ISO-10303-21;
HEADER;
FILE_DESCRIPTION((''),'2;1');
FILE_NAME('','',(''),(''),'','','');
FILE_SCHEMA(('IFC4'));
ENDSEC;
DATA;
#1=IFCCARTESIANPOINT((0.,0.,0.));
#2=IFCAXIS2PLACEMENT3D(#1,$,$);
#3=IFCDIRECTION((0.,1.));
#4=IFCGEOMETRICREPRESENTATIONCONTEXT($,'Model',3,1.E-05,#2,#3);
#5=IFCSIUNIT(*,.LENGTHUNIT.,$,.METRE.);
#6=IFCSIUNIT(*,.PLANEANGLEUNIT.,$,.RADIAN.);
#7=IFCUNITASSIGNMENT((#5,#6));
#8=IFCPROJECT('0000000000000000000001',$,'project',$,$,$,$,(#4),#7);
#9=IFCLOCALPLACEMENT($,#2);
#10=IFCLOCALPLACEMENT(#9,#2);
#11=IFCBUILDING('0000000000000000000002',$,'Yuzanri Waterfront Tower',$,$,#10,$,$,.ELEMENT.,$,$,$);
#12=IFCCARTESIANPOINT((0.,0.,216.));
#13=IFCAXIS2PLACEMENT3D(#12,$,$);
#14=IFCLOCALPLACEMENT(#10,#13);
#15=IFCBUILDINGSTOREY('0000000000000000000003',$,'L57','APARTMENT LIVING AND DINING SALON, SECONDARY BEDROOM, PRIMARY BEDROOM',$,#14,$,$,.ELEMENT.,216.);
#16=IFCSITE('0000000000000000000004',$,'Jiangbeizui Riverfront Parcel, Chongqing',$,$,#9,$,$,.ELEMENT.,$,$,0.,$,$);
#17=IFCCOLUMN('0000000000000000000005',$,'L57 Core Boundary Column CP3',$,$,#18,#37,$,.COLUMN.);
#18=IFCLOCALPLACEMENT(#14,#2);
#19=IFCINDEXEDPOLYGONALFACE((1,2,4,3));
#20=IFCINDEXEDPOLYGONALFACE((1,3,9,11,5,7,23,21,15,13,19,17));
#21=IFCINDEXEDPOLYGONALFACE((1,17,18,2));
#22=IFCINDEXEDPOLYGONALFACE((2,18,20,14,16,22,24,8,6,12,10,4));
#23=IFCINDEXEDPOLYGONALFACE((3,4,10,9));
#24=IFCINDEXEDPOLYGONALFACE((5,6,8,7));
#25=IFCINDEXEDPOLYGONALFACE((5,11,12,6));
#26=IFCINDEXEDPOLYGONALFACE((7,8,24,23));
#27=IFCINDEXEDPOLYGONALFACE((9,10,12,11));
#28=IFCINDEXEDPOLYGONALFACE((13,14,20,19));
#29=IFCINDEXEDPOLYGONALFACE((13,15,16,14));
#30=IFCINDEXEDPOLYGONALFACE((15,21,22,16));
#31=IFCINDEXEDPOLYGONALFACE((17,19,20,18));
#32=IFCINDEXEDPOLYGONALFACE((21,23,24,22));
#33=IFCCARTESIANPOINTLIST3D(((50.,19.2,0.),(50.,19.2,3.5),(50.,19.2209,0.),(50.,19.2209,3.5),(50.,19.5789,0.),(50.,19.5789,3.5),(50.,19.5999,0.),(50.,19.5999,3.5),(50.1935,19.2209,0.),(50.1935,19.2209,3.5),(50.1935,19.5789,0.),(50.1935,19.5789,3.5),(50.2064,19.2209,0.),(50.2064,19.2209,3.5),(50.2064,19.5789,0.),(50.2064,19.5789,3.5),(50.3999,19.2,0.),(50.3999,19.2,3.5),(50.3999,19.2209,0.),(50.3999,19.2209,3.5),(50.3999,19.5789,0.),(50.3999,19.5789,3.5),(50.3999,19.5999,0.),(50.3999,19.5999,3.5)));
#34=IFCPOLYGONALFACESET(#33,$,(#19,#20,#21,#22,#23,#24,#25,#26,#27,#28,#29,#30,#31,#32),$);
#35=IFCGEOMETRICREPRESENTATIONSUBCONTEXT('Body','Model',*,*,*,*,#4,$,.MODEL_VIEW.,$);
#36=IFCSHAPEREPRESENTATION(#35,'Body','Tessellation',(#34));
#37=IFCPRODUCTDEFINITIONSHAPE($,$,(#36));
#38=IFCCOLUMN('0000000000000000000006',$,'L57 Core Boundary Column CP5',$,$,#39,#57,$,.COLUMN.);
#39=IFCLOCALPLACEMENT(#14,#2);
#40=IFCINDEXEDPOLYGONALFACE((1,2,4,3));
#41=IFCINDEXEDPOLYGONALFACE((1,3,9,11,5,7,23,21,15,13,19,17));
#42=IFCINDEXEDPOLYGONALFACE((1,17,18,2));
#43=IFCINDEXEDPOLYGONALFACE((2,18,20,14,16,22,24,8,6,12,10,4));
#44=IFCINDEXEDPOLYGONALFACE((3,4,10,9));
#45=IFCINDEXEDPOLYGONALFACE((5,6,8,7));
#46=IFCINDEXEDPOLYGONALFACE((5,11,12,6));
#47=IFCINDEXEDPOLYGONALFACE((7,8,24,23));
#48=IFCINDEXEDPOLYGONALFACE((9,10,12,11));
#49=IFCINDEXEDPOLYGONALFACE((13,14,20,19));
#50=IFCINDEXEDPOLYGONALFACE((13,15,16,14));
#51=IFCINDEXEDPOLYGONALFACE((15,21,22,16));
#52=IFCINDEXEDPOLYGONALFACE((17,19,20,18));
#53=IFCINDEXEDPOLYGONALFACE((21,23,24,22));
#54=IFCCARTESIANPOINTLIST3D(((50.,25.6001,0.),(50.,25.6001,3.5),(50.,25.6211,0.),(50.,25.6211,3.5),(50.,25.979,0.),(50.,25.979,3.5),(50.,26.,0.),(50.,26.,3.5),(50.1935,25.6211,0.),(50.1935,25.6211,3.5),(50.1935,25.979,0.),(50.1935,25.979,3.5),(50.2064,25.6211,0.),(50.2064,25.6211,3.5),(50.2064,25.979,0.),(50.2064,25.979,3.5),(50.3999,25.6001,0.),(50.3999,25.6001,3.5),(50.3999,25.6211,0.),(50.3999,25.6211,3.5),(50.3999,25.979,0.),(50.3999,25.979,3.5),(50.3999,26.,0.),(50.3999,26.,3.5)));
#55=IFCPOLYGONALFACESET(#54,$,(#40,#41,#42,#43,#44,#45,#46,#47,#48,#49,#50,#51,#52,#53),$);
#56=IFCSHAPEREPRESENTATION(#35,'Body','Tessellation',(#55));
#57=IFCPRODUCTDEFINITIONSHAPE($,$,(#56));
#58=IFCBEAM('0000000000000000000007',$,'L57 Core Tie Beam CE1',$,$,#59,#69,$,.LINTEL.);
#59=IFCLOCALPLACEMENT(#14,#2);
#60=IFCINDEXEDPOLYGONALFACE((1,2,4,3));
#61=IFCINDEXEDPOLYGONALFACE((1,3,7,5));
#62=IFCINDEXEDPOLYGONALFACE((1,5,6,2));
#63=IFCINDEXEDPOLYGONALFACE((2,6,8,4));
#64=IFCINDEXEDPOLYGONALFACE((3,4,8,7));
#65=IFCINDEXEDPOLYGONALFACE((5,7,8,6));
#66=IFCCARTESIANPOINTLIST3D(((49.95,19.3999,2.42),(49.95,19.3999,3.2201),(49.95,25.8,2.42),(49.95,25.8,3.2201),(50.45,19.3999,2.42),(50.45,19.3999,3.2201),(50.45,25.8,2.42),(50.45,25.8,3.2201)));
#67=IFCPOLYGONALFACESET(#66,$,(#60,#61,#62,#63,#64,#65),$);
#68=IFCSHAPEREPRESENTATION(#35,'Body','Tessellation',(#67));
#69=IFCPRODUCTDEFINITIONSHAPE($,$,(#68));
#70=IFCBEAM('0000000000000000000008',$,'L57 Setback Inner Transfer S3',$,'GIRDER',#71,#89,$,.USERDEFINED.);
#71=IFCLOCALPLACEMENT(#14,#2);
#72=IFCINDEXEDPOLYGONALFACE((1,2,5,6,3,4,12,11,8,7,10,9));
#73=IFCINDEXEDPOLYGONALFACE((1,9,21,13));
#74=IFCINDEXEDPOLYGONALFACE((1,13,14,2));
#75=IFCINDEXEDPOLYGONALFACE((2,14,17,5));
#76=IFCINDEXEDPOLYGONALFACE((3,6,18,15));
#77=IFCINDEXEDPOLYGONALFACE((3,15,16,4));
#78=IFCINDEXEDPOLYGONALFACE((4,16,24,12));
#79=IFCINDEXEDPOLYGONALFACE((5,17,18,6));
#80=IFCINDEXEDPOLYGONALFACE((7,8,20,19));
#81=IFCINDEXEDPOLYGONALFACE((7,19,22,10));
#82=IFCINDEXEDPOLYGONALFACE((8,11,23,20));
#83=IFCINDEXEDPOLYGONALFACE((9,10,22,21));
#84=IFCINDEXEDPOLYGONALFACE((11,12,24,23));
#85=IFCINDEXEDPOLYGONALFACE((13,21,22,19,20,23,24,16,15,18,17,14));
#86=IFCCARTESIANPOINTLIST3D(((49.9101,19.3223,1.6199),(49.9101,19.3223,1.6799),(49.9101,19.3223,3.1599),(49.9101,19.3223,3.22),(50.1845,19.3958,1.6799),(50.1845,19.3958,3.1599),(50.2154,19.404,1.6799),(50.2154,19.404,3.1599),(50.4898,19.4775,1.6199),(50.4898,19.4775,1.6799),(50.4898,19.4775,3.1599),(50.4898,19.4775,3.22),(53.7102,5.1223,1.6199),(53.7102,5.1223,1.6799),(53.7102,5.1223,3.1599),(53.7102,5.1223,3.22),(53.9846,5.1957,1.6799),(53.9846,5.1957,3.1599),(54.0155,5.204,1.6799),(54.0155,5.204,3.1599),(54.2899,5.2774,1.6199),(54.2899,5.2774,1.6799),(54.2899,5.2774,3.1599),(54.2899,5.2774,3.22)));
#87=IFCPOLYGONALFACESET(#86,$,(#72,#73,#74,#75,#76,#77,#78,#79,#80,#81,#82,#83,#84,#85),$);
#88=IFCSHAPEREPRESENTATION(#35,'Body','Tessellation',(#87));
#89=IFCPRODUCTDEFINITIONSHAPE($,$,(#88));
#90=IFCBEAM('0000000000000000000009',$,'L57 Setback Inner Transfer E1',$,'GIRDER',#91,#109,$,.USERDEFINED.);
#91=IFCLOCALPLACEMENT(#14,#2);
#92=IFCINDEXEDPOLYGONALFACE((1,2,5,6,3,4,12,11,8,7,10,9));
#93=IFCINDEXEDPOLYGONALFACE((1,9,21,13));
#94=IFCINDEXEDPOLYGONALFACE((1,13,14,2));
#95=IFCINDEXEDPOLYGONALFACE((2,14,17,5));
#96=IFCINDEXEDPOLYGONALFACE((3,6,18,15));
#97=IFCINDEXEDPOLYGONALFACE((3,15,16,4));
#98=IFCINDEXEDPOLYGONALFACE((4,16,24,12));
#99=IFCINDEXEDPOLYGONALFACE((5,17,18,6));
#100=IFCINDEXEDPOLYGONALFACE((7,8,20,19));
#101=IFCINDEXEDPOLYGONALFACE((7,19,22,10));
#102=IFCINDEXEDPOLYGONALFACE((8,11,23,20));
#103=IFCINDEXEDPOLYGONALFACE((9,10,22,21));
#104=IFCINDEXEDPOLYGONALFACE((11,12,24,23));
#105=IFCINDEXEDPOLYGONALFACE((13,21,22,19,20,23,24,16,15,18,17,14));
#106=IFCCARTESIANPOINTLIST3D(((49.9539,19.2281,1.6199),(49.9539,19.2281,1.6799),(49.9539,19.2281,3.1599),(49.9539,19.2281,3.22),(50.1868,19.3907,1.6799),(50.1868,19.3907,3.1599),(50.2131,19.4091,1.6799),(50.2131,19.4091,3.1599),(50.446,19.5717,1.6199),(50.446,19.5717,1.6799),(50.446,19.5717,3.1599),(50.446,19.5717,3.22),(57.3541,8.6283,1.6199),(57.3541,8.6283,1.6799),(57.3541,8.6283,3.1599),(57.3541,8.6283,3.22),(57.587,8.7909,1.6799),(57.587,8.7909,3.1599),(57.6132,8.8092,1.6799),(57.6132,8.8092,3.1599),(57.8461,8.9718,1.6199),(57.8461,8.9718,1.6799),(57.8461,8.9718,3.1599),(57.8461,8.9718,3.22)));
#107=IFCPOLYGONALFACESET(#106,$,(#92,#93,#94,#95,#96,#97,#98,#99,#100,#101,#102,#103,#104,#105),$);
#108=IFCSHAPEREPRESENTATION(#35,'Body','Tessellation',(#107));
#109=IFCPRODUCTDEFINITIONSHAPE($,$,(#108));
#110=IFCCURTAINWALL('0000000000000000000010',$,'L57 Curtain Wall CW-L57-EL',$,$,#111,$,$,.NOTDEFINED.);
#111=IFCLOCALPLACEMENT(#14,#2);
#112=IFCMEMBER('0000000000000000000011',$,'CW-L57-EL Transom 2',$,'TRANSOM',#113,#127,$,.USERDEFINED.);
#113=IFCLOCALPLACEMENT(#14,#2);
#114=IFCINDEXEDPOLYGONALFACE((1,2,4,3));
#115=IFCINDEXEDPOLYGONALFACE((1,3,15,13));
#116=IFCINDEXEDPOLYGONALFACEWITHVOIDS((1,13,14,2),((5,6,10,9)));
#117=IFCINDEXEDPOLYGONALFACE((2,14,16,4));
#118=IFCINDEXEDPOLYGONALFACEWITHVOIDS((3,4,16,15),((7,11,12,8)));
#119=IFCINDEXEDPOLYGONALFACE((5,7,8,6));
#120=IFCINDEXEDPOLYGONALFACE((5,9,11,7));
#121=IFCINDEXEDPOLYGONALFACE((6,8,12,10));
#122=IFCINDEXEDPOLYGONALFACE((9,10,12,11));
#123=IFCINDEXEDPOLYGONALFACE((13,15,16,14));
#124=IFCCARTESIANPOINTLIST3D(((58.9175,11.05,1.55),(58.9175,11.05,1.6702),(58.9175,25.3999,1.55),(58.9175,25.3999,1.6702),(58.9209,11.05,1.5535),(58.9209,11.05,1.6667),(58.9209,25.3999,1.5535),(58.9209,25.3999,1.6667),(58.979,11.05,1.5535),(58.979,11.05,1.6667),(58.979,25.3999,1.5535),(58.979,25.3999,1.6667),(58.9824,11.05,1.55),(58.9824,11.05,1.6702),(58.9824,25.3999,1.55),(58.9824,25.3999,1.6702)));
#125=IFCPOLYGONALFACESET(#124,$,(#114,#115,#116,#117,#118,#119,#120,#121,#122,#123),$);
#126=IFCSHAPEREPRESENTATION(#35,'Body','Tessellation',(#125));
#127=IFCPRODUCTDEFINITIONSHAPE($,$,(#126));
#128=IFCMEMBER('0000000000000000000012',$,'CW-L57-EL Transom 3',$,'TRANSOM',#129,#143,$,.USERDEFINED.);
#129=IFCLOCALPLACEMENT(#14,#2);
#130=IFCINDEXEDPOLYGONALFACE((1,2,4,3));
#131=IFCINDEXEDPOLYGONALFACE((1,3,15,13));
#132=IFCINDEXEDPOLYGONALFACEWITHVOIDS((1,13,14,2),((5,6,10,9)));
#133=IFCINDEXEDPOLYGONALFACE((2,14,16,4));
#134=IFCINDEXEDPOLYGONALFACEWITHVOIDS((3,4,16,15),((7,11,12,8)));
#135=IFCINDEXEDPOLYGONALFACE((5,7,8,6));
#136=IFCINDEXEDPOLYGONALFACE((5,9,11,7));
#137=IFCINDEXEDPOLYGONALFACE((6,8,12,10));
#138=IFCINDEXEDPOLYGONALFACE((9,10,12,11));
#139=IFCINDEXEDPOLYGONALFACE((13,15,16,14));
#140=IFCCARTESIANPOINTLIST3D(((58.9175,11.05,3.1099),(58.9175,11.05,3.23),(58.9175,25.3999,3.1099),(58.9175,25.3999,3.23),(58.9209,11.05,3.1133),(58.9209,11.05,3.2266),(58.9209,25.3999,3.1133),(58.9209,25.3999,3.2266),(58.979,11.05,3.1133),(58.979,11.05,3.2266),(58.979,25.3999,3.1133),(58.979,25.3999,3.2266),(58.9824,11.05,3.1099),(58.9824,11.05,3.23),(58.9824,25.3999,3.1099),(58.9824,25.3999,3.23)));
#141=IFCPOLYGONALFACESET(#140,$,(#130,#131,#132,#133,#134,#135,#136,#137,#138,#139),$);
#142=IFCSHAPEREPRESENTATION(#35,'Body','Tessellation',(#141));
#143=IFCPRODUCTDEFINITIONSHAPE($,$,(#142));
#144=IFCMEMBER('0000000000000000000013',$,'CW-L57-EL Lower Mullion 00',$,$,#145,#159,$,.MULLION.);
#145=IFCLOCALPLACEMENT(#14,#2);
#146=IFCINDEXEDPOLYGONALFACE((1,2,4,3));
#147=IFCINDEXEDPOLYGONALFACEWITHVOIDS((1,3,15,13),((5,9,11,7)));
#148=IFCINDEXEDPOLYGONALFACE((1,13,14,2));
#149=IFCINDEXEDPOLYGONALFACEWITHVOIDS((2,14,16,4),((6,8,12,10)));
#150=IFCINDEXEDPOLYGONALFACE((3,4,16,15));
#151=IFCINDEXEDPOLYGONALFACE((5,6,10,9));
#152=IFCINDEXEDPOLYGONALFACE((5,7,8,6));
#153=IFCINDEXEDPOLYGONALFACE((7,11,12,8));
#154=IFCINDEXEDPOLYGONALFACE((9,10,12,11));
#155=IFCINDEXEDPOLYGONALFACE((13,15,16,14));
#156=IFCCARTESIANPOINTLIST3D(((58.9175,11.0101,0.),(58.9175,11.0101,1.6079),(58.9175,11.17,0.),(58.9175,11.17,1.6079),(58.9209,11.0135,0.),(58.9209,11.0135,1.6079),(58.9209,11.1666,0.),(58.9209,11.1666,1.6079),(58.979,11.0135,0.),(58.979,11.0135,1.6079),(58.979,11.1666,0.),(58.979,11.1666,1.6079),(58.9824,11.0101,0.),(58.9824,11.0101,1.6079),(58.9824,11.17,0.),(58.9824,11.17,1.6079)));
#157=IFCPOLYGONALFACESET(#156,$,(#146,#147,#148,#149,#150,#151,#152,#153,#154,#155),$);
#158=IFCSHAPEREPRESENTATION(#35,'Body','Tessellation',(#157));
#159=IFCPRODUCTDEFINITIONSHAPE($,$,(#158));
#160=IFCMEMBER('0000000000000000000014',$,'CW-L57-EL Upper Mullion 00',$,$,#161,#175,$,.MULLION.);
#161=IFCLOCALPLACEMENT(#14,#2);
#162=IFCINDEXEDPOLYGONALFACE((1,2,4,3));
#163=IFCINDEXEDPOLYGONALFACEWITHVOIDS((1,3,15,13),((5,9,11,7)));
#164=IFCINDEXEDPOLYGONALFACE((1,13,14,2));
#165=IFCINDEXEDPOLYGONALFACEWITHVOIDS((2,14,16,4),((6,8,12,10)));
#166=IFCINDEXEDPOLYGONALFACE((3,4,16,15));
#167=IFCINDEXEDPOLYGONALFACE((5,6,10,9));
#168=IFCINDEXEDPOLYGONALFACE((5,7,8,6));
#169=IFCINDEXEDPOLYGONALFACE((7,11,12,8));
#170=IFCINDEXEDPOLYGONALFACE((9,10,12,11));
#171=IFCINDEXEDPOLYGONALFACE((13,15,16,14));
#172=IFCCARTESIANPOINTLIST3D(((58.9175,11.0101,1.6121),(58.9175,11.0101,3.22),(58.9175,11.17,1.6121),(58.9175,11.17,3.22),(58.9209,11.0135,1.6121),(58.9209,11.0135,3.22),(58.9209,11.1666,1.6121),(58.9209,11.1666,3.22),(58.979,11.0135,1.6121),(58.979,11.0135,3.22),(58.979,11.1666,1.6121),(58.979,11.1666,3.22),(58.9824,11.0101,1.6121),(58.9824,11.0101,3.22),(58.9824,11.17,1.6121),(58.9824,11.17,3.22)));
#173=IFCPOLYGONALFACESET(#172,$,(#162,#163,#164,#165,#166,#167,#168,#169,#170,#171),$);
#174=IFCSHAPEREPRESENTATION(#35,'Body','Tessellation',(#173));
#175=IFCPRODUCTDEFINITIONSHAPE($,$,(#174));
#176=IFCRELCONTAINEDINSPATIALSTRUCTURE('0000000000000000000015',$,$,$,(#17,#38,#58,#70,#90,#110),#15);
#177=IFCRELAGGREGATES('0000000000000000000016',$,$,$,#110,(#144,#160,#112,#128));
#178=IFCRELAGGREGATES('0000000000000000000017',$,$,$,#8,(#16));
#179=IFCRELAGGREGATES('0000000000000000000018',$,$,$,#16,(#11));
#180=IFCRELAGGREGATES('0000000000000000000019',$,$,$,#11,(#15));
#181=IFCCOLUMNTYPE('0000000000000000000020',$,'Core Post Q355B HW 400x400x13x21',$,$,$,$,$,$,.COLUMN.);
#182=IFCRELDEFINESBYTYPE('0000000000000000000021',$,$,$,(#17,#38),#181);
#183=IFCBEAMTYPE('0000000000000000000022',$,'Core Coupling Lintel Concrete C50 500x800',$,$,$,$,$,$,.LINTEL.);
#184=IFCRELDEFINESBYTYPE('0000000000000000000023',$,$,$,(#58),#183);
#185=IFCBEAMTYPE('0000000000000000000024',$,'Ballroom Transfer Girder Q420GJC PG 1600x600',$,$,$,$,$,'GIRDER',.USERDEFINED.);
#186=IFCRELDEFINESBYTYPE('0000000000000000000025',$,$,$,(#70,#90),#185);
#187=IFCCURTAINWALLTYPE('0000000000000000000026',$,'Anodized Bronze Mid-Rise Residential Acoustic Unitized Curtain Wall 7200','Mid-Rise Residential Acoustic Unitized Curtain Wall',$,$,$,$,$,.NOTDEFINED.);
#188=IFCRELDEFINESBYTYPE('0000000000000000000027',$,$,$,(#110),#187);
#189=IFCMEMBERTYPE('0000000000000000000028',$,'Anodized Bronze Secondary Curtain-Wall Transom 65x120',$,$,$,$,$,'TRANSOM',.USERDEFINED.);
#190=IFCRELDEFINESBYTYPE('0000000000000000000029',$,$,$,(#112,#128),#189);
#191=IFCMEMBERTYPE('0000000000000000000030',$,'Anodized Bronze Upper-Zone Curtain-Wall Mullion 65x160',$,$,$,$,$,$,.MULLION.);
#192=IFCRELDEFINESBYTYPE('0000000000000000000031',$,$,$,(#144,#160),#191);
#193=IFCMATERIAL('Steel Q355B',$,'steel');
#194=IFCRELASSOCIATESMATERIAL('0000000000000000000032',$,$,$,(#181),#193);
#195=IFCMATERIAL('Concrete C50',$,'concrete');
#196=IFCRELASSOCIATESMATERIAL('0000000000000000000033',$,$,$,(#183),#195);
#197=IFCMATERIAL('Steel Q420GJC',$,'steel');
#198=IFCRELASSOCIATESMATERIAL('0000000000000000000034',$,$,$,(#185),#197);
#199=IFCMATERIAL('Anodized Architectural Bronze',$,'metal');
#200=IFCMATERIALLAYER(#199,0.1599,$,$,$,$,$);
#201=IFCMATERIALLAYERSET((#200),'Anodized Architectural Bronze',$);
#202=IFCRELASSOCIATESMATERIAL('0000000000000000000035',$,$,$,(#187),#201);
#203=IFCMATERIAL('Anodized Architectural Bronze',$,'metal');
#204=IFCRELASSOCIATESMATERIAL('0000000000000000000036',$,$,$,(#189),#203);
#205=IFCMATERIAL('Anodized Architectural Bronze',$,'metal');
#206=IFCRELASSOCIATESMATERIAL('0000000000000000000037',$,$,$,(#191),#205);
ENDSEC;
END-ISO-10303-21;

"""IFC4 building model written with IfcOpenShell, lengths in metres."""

from ifc_helpers import new_model, si_unit, direction, frame, origin, origin_2d, place, context, subcontext, project, spatial, rectangle, hollow_rectangle, i_section, extrude, source, transform, mapped, material, layer, layer_set, material_profile, profile_set, type_object, element, aggregate, save


model = new_model("IFC4")

# Units and contexts
model_context = context("Model", 3, precision=1e-05, world=origin(), true_north=direction((0.0, 1.0)))
body_context = subcontext(model_context, "Body", "Model", "MODEL_VIEW")
ifc_project = project(units=[si_unit("LENGTHUNIT", "METRE"), si_unit("PLANEANGLEUNIT", "RADIAN")], contexts=[model_context])

# Site, building, storey
site_placement = place(None, origin())
site = spatial("IfcSite", under=ifc_project, at=site_placement, Name="Jiangbeizui Riverfront Parcel, Chongqing", CompositionType="ELEMENT", RefElevation=0.0)
building_placement = place(site_placement, origin())
building = spatial("IfcBuilding", under=site, at=building_placement, Name="Yuzanri Waterfront Tower", CompositionType="ELEMENT")
storey_placement = place(building_placement, frame((0.0, 0.0, 216.0)))
storey = spatial("IfcBuildingStorey", under=building, at=storey_placement, Name="L57", Description="APARTMENT LIVING AND DINING SALON, SECONDARY BEDROOM, PRIMARY BEDROOM", CompositionType="ELEMENT", Elevation=216.0)

# Columns
ifc_material_1 = material(Name="Steel Q355B", Category="steel")
ifc_material_profile_1 = material_profile(ifc_material_1, i_section(OverallWidth=0.3999, OverallDepth=0.3999, WebThickness=0.0129, FlangeThickness=0.021, at=origin_2d()), Name="HW 400x400x13x21")
ifc_profile_set_1 = profile_set([ifc_material_profile_1], Name="Steel Q355B")
column_type = type_object("IfcColumnType", Name="Core Post Q355B HW 400x400x13x21", PredefinedType="COLUMN", material=ifc_profile_set_1)
shared_shape_1 = source(origin(), body_context, "Body", "SweptSolid", [
    extrude(i_section(OverallWidth=0.3999, OverallDepth=0.3999, WebThickness=0.0129, FlangeThickness=0.021, at=origin_2d()), origin(), (0.0, 0.0, 1.0), 3.5),
])
for number, where, z_axis, x_axis, name in (
    (1, (50.2, 19.3999, 0.0), (0.0, 0.0, 1.0), (1.0, 0.0, 0.0), "L57 Core Boundary Column CP3"),
    (2, (50.2, 25.8, 0.0), (0.0, 0.0, 1.0), (1.0, 0.0, 0.0), "L57 Core Boundary Column CP5"),
):
    element("IfcColumn", number, at=place(storey_placement, frame(where, z_axis=z_axis, x_axis=x_axis)), inside=storey, type_object=column_type, Name=name, PredefinedType="COLUMN", context=body_context, shape_type="MappedRepresentation", body=[
        mapped(shared_shape_1, transform((0.0, 0.0, 0.0), scale=1.0)),
    ])

# Beams
ifc_material_2 = material(Name="Concrete C50", Category="concrete")
ifc_material_profile_2 = material_profile(ifc_material_2, rectangle(XDim=0.5, YDim=0.8, at=origin_2d()), Name="RC 500x800")
ifc_profile_set_2 = profile_set([ifc_material_profile_2], Name="Concrete C50")
beam_type_1 = type_object("IfcBeamType", Name="Core Coupling Lintel Concrete C50 500x800", PredefinedType="LINTEL", material=ifc_profile_set_2)
shared_shape_2 = source(origin(), body_context, "Body", "SweptSolid", [
    extrude(rectangle(XDim=0.5, YDim=0.8, at=origin_2d()), origin(), (0.0, 0.0, 1.0), 6.4001),
])
beam_1_placement = place(storey_placement, frame((50.2, 19.3999, 2.8201), z_axis=(0.0, 1.0, 0.0), x_axis=(-1.0, 0.0, 0.0)))
element("IfcBeam", 3, at=beam_1_placement, inside=storey, type_object=beam_type_1, Name="L57 Core Tie Beam CE1", PredefinedType="LINTEL", context=body_context, shape_type="MappedRepresentation", body=[
    mapped(shared_shape_2, transform((0.0, 0.0, 0.0), scale=1.0)),
])
ifc_material_3 = material(Name="Steel Q420GJC", Category="steel")
ifc_material_profile_3 = material_profile(ifc_material_3, i_section(OverallWidth=0.6001, OverallDepth=1.6001, WebThickness=0.032, FlangeThickness=0.0601, at=origin_2d()), Name="PG 1600x600x32x60")
ifc_profile_set_3 = profile_set([ifc_material_profile_3], Name="Steel Q420GJC")
beam_type_2 = type_object("IfcBeamType", Name="Ballroom Transfer Girder Q420GJC PG 1600x600", ElementType="GIRDER", PredefinedType="USERDEFINED", material=ifc_profile_set_3)
shared_shape_3 = source(origin(), body_context, "Body", "SweptSolid", [
    extrude(i_section(OverallWidth=0.6001, OverallDepth=1.6001, WebThickness=0.032, FlangeThickness=0.0601, at=origin_2d()), origin(), (0.0, 0.0, 1.0), 14.6997),
])
beam_2_placement = place(storey_placement, frame((50.2, 19.3999, 2.4199), z_axis=(0.258513, -0.966008, 0.0), x_axis=(0.966008, 0.258513, 0.0)))
element("IfcBeam", 4, at=beam_2_placement, inside=storey, type_object=beam_type_2, Name="L57 Setback Inner Transfer S3", ObjectType="GIRDER", PredefinedType="USERDEFINED", context=body_context, shape_type="MappedRepresentation", body=[
    mapped(shared_shape_3, transform((0.0, 0.0, 0.0), scale=1.0)),
])
shared_shape_4 = source(origin(), body_context, "Body", "SweptSolid", [
    extrude(i_section(OverallWidth=0.6001, OverallDepth=1.6001, WebThickness=0.032, FlangeThickness=0.0601, at=origin_2d()), origin(), (0.0, 0.0, 1.0), 12.9275),
])
beam_3_placement = place(storey_placement, frame((50.2, 19.3999, 2.4199), z_axis=(0.572437, -0.819949, 0.0), x_axis=(0.819949, 0.572437, 0.0)))
element("IfcBeam", 5, at=beam_3_placement, inside=storey, type_object=beam_type_2, Name="L57 Setback Inner Transfer E1", ObjectType="GIRDER", PredefinedType="USERDEFINED", context=body_context, shape_type="MappedRepresentation", body=[
    mapped(shared_shape_4, transform((0.0, 0.0, 0.0), scale=1.0)),
])

# Curtain wall, members
ifc_material_4 = material(Name="Anodized Architectural Bronze", Category="metal")
ifc_layer_1 = layer(ifc_material_4, 0.1599)
ifc_layer_set_1 = layer_set([ifc_layer_1], Name="Anodized Architectural Bronze")
curtain_wall_type = type_object("IfcCurtainWallType", Name="Anodized Bronze Mid-Rise Residential Acoustic Unitized Curtain Wall 7200", Description="Mid-Rise Residential Acoustic Unitized Curtain Wall", PredefinedType="NOTDEFINED", material=ifc_layer_set_1)
curtain_wall_placement = place(storey_placement, origin())
curtain_wall = element("IfcCurtainWall", 6, at=curtain_wall_placement, inside=storey, type_object=curtain_wall_type, Name="L57 Curtain Wall CW-L57-EL", PredefinedType="NOTDEFINED")
ifc_material_5 = material(Name="Anodized Architectural Bronze", Category="metal")
ifc_material_profile_4 = material_profile(ifc_material_5, hollow_rectangle(XDim=0.0649, YDim=0.1201, WallThickness=0.0034, at=origin_2d()), Name="CWT 65x120")
ifc_profile_set_4 = profile_set([ifc_material_profile_4], Name="Anodized Architectural Bronze")
member_type_1 = type_object("IfcMemberType", Name="Anodized Bronze Secondary Curtain-Wall Transom 65x120", ElementType="TRANSOM", PredefinedType="USERDEFINED", material=ifc_profile_set_4)
shared_shape_5 = source(origin(), body_context, "Body", "SweptSolid", [
    extrude(hollow_rectangle(XDim=0.0649, YDim=0.1201, WallThickness=0.0034, at=origin_2d()), origin(), (0.0, 0.0, 1.0), 14.3499),
])
member_1_placement = place(storey_placement, frame((58.95, 11.05, 1.6101), z_axis=(0.0, 1.0, 0.0), x_axis=(-1.0, 0.0, 0.0)))
member_1 = element("IfcMember", 7, at=member_1_placement, type_object=member_type_1, Name="CW-L57-EL Transom 2", ObjectType="TRANSOM", PredefinedType="USERDEFINED", context=body_context, shape_type="MappedRepresentation", body=[
    mapped(shared_shape_5, transform((0.0, 0.0, 0.0), scale=1.0)),
])
member_2_placement = place(storey_placement, frame((58.95, 11.05, 3.1699), z_axis=(0.0, 1.0, 0.0), x_axis=(-1.0, 0.0, 0.0)))
member_2 = element("IfcMember", 8, at=member_2_placement, type_object=member_type_1, Name="CW-L57-EL Transom 3", ObjectType="TRANSOM", PredefinedType="USERDEFINED", context=body_context, shape_type="MappedRepresentation", body=[
    mapped(shared_shape_5, transform((0.0, 0.0, 0.0), scale=1.0)),
])
ifc_material_6 = material(Name="Anodized Architectural Bronze", Category="metal")
ifc_material_profile_5 = material_profile(ifc_material_6, hollow_rectangle(XDim=0.0649, YDim=0.1599, WallThickness=0.0034, at=origin_2d()), Name="CWM 65x160")
ifc_profile_set_5 = profile_set([ifc_material_profile_5], Name="Anodized Architectural Bronze")
member_type_2 = type_object("IfcMemberType", Name="Anodized Bronze Upper-Zone Curtain-Wall Mullion 65x160", PredefinedType="MULLION", material=ifc_profile_set_5)
shared_shape_6 = source(origin(), body_context, "Body", "SweptSolid", [
    extrude(hollow_rectangle(XDim=0.0649, YDim=0.1599, WallThickness=0.0034, at=origin_2d()), origin(), (0.0, 0.0, 1.0), 1.6079),
])
member_3_placement = place(storey_placement, frame((58.95, 11.0901, 0.0), z_axis=(0.0, 0.0, 1.0), x_axis=(1.0, 0.0, 0.0)))
member_3 = element("IfcMember", 9, at=member_3_placement, type_object=member_type_2, Name="CW-L57-EL Lower Mullion 00", PredefinedType="MULLION", context=body_context, shape_type="MappedRepresentation", body=[
    mapped(shared_shape_6, transform((0.0, 0.0, 0.0), scale=1.0)),
])
member_4_placement = place(storey_placement, frame((58.95, 11.0901, 1.6121), z_axis=(0.0, 0.0, 1.0), x_axis=(1.0, 0.0, 0.0)))
member_4 = element("IfcMember", 10, at=member_4_placement, type_object=member_type_2, Name="CW-L57-EL Upper Mullion 00", PredefinedType="MULLION", context=body_context, shape_type="MappedRepresentation", body=[
    mapped(shared_shape_6, transform((0.0, 0.0, 0.0), scale=1.0)),
])
aggregate(curtain_wall, [member_3, member_4, member_1, member_2])

save(model, "model.ifc")
